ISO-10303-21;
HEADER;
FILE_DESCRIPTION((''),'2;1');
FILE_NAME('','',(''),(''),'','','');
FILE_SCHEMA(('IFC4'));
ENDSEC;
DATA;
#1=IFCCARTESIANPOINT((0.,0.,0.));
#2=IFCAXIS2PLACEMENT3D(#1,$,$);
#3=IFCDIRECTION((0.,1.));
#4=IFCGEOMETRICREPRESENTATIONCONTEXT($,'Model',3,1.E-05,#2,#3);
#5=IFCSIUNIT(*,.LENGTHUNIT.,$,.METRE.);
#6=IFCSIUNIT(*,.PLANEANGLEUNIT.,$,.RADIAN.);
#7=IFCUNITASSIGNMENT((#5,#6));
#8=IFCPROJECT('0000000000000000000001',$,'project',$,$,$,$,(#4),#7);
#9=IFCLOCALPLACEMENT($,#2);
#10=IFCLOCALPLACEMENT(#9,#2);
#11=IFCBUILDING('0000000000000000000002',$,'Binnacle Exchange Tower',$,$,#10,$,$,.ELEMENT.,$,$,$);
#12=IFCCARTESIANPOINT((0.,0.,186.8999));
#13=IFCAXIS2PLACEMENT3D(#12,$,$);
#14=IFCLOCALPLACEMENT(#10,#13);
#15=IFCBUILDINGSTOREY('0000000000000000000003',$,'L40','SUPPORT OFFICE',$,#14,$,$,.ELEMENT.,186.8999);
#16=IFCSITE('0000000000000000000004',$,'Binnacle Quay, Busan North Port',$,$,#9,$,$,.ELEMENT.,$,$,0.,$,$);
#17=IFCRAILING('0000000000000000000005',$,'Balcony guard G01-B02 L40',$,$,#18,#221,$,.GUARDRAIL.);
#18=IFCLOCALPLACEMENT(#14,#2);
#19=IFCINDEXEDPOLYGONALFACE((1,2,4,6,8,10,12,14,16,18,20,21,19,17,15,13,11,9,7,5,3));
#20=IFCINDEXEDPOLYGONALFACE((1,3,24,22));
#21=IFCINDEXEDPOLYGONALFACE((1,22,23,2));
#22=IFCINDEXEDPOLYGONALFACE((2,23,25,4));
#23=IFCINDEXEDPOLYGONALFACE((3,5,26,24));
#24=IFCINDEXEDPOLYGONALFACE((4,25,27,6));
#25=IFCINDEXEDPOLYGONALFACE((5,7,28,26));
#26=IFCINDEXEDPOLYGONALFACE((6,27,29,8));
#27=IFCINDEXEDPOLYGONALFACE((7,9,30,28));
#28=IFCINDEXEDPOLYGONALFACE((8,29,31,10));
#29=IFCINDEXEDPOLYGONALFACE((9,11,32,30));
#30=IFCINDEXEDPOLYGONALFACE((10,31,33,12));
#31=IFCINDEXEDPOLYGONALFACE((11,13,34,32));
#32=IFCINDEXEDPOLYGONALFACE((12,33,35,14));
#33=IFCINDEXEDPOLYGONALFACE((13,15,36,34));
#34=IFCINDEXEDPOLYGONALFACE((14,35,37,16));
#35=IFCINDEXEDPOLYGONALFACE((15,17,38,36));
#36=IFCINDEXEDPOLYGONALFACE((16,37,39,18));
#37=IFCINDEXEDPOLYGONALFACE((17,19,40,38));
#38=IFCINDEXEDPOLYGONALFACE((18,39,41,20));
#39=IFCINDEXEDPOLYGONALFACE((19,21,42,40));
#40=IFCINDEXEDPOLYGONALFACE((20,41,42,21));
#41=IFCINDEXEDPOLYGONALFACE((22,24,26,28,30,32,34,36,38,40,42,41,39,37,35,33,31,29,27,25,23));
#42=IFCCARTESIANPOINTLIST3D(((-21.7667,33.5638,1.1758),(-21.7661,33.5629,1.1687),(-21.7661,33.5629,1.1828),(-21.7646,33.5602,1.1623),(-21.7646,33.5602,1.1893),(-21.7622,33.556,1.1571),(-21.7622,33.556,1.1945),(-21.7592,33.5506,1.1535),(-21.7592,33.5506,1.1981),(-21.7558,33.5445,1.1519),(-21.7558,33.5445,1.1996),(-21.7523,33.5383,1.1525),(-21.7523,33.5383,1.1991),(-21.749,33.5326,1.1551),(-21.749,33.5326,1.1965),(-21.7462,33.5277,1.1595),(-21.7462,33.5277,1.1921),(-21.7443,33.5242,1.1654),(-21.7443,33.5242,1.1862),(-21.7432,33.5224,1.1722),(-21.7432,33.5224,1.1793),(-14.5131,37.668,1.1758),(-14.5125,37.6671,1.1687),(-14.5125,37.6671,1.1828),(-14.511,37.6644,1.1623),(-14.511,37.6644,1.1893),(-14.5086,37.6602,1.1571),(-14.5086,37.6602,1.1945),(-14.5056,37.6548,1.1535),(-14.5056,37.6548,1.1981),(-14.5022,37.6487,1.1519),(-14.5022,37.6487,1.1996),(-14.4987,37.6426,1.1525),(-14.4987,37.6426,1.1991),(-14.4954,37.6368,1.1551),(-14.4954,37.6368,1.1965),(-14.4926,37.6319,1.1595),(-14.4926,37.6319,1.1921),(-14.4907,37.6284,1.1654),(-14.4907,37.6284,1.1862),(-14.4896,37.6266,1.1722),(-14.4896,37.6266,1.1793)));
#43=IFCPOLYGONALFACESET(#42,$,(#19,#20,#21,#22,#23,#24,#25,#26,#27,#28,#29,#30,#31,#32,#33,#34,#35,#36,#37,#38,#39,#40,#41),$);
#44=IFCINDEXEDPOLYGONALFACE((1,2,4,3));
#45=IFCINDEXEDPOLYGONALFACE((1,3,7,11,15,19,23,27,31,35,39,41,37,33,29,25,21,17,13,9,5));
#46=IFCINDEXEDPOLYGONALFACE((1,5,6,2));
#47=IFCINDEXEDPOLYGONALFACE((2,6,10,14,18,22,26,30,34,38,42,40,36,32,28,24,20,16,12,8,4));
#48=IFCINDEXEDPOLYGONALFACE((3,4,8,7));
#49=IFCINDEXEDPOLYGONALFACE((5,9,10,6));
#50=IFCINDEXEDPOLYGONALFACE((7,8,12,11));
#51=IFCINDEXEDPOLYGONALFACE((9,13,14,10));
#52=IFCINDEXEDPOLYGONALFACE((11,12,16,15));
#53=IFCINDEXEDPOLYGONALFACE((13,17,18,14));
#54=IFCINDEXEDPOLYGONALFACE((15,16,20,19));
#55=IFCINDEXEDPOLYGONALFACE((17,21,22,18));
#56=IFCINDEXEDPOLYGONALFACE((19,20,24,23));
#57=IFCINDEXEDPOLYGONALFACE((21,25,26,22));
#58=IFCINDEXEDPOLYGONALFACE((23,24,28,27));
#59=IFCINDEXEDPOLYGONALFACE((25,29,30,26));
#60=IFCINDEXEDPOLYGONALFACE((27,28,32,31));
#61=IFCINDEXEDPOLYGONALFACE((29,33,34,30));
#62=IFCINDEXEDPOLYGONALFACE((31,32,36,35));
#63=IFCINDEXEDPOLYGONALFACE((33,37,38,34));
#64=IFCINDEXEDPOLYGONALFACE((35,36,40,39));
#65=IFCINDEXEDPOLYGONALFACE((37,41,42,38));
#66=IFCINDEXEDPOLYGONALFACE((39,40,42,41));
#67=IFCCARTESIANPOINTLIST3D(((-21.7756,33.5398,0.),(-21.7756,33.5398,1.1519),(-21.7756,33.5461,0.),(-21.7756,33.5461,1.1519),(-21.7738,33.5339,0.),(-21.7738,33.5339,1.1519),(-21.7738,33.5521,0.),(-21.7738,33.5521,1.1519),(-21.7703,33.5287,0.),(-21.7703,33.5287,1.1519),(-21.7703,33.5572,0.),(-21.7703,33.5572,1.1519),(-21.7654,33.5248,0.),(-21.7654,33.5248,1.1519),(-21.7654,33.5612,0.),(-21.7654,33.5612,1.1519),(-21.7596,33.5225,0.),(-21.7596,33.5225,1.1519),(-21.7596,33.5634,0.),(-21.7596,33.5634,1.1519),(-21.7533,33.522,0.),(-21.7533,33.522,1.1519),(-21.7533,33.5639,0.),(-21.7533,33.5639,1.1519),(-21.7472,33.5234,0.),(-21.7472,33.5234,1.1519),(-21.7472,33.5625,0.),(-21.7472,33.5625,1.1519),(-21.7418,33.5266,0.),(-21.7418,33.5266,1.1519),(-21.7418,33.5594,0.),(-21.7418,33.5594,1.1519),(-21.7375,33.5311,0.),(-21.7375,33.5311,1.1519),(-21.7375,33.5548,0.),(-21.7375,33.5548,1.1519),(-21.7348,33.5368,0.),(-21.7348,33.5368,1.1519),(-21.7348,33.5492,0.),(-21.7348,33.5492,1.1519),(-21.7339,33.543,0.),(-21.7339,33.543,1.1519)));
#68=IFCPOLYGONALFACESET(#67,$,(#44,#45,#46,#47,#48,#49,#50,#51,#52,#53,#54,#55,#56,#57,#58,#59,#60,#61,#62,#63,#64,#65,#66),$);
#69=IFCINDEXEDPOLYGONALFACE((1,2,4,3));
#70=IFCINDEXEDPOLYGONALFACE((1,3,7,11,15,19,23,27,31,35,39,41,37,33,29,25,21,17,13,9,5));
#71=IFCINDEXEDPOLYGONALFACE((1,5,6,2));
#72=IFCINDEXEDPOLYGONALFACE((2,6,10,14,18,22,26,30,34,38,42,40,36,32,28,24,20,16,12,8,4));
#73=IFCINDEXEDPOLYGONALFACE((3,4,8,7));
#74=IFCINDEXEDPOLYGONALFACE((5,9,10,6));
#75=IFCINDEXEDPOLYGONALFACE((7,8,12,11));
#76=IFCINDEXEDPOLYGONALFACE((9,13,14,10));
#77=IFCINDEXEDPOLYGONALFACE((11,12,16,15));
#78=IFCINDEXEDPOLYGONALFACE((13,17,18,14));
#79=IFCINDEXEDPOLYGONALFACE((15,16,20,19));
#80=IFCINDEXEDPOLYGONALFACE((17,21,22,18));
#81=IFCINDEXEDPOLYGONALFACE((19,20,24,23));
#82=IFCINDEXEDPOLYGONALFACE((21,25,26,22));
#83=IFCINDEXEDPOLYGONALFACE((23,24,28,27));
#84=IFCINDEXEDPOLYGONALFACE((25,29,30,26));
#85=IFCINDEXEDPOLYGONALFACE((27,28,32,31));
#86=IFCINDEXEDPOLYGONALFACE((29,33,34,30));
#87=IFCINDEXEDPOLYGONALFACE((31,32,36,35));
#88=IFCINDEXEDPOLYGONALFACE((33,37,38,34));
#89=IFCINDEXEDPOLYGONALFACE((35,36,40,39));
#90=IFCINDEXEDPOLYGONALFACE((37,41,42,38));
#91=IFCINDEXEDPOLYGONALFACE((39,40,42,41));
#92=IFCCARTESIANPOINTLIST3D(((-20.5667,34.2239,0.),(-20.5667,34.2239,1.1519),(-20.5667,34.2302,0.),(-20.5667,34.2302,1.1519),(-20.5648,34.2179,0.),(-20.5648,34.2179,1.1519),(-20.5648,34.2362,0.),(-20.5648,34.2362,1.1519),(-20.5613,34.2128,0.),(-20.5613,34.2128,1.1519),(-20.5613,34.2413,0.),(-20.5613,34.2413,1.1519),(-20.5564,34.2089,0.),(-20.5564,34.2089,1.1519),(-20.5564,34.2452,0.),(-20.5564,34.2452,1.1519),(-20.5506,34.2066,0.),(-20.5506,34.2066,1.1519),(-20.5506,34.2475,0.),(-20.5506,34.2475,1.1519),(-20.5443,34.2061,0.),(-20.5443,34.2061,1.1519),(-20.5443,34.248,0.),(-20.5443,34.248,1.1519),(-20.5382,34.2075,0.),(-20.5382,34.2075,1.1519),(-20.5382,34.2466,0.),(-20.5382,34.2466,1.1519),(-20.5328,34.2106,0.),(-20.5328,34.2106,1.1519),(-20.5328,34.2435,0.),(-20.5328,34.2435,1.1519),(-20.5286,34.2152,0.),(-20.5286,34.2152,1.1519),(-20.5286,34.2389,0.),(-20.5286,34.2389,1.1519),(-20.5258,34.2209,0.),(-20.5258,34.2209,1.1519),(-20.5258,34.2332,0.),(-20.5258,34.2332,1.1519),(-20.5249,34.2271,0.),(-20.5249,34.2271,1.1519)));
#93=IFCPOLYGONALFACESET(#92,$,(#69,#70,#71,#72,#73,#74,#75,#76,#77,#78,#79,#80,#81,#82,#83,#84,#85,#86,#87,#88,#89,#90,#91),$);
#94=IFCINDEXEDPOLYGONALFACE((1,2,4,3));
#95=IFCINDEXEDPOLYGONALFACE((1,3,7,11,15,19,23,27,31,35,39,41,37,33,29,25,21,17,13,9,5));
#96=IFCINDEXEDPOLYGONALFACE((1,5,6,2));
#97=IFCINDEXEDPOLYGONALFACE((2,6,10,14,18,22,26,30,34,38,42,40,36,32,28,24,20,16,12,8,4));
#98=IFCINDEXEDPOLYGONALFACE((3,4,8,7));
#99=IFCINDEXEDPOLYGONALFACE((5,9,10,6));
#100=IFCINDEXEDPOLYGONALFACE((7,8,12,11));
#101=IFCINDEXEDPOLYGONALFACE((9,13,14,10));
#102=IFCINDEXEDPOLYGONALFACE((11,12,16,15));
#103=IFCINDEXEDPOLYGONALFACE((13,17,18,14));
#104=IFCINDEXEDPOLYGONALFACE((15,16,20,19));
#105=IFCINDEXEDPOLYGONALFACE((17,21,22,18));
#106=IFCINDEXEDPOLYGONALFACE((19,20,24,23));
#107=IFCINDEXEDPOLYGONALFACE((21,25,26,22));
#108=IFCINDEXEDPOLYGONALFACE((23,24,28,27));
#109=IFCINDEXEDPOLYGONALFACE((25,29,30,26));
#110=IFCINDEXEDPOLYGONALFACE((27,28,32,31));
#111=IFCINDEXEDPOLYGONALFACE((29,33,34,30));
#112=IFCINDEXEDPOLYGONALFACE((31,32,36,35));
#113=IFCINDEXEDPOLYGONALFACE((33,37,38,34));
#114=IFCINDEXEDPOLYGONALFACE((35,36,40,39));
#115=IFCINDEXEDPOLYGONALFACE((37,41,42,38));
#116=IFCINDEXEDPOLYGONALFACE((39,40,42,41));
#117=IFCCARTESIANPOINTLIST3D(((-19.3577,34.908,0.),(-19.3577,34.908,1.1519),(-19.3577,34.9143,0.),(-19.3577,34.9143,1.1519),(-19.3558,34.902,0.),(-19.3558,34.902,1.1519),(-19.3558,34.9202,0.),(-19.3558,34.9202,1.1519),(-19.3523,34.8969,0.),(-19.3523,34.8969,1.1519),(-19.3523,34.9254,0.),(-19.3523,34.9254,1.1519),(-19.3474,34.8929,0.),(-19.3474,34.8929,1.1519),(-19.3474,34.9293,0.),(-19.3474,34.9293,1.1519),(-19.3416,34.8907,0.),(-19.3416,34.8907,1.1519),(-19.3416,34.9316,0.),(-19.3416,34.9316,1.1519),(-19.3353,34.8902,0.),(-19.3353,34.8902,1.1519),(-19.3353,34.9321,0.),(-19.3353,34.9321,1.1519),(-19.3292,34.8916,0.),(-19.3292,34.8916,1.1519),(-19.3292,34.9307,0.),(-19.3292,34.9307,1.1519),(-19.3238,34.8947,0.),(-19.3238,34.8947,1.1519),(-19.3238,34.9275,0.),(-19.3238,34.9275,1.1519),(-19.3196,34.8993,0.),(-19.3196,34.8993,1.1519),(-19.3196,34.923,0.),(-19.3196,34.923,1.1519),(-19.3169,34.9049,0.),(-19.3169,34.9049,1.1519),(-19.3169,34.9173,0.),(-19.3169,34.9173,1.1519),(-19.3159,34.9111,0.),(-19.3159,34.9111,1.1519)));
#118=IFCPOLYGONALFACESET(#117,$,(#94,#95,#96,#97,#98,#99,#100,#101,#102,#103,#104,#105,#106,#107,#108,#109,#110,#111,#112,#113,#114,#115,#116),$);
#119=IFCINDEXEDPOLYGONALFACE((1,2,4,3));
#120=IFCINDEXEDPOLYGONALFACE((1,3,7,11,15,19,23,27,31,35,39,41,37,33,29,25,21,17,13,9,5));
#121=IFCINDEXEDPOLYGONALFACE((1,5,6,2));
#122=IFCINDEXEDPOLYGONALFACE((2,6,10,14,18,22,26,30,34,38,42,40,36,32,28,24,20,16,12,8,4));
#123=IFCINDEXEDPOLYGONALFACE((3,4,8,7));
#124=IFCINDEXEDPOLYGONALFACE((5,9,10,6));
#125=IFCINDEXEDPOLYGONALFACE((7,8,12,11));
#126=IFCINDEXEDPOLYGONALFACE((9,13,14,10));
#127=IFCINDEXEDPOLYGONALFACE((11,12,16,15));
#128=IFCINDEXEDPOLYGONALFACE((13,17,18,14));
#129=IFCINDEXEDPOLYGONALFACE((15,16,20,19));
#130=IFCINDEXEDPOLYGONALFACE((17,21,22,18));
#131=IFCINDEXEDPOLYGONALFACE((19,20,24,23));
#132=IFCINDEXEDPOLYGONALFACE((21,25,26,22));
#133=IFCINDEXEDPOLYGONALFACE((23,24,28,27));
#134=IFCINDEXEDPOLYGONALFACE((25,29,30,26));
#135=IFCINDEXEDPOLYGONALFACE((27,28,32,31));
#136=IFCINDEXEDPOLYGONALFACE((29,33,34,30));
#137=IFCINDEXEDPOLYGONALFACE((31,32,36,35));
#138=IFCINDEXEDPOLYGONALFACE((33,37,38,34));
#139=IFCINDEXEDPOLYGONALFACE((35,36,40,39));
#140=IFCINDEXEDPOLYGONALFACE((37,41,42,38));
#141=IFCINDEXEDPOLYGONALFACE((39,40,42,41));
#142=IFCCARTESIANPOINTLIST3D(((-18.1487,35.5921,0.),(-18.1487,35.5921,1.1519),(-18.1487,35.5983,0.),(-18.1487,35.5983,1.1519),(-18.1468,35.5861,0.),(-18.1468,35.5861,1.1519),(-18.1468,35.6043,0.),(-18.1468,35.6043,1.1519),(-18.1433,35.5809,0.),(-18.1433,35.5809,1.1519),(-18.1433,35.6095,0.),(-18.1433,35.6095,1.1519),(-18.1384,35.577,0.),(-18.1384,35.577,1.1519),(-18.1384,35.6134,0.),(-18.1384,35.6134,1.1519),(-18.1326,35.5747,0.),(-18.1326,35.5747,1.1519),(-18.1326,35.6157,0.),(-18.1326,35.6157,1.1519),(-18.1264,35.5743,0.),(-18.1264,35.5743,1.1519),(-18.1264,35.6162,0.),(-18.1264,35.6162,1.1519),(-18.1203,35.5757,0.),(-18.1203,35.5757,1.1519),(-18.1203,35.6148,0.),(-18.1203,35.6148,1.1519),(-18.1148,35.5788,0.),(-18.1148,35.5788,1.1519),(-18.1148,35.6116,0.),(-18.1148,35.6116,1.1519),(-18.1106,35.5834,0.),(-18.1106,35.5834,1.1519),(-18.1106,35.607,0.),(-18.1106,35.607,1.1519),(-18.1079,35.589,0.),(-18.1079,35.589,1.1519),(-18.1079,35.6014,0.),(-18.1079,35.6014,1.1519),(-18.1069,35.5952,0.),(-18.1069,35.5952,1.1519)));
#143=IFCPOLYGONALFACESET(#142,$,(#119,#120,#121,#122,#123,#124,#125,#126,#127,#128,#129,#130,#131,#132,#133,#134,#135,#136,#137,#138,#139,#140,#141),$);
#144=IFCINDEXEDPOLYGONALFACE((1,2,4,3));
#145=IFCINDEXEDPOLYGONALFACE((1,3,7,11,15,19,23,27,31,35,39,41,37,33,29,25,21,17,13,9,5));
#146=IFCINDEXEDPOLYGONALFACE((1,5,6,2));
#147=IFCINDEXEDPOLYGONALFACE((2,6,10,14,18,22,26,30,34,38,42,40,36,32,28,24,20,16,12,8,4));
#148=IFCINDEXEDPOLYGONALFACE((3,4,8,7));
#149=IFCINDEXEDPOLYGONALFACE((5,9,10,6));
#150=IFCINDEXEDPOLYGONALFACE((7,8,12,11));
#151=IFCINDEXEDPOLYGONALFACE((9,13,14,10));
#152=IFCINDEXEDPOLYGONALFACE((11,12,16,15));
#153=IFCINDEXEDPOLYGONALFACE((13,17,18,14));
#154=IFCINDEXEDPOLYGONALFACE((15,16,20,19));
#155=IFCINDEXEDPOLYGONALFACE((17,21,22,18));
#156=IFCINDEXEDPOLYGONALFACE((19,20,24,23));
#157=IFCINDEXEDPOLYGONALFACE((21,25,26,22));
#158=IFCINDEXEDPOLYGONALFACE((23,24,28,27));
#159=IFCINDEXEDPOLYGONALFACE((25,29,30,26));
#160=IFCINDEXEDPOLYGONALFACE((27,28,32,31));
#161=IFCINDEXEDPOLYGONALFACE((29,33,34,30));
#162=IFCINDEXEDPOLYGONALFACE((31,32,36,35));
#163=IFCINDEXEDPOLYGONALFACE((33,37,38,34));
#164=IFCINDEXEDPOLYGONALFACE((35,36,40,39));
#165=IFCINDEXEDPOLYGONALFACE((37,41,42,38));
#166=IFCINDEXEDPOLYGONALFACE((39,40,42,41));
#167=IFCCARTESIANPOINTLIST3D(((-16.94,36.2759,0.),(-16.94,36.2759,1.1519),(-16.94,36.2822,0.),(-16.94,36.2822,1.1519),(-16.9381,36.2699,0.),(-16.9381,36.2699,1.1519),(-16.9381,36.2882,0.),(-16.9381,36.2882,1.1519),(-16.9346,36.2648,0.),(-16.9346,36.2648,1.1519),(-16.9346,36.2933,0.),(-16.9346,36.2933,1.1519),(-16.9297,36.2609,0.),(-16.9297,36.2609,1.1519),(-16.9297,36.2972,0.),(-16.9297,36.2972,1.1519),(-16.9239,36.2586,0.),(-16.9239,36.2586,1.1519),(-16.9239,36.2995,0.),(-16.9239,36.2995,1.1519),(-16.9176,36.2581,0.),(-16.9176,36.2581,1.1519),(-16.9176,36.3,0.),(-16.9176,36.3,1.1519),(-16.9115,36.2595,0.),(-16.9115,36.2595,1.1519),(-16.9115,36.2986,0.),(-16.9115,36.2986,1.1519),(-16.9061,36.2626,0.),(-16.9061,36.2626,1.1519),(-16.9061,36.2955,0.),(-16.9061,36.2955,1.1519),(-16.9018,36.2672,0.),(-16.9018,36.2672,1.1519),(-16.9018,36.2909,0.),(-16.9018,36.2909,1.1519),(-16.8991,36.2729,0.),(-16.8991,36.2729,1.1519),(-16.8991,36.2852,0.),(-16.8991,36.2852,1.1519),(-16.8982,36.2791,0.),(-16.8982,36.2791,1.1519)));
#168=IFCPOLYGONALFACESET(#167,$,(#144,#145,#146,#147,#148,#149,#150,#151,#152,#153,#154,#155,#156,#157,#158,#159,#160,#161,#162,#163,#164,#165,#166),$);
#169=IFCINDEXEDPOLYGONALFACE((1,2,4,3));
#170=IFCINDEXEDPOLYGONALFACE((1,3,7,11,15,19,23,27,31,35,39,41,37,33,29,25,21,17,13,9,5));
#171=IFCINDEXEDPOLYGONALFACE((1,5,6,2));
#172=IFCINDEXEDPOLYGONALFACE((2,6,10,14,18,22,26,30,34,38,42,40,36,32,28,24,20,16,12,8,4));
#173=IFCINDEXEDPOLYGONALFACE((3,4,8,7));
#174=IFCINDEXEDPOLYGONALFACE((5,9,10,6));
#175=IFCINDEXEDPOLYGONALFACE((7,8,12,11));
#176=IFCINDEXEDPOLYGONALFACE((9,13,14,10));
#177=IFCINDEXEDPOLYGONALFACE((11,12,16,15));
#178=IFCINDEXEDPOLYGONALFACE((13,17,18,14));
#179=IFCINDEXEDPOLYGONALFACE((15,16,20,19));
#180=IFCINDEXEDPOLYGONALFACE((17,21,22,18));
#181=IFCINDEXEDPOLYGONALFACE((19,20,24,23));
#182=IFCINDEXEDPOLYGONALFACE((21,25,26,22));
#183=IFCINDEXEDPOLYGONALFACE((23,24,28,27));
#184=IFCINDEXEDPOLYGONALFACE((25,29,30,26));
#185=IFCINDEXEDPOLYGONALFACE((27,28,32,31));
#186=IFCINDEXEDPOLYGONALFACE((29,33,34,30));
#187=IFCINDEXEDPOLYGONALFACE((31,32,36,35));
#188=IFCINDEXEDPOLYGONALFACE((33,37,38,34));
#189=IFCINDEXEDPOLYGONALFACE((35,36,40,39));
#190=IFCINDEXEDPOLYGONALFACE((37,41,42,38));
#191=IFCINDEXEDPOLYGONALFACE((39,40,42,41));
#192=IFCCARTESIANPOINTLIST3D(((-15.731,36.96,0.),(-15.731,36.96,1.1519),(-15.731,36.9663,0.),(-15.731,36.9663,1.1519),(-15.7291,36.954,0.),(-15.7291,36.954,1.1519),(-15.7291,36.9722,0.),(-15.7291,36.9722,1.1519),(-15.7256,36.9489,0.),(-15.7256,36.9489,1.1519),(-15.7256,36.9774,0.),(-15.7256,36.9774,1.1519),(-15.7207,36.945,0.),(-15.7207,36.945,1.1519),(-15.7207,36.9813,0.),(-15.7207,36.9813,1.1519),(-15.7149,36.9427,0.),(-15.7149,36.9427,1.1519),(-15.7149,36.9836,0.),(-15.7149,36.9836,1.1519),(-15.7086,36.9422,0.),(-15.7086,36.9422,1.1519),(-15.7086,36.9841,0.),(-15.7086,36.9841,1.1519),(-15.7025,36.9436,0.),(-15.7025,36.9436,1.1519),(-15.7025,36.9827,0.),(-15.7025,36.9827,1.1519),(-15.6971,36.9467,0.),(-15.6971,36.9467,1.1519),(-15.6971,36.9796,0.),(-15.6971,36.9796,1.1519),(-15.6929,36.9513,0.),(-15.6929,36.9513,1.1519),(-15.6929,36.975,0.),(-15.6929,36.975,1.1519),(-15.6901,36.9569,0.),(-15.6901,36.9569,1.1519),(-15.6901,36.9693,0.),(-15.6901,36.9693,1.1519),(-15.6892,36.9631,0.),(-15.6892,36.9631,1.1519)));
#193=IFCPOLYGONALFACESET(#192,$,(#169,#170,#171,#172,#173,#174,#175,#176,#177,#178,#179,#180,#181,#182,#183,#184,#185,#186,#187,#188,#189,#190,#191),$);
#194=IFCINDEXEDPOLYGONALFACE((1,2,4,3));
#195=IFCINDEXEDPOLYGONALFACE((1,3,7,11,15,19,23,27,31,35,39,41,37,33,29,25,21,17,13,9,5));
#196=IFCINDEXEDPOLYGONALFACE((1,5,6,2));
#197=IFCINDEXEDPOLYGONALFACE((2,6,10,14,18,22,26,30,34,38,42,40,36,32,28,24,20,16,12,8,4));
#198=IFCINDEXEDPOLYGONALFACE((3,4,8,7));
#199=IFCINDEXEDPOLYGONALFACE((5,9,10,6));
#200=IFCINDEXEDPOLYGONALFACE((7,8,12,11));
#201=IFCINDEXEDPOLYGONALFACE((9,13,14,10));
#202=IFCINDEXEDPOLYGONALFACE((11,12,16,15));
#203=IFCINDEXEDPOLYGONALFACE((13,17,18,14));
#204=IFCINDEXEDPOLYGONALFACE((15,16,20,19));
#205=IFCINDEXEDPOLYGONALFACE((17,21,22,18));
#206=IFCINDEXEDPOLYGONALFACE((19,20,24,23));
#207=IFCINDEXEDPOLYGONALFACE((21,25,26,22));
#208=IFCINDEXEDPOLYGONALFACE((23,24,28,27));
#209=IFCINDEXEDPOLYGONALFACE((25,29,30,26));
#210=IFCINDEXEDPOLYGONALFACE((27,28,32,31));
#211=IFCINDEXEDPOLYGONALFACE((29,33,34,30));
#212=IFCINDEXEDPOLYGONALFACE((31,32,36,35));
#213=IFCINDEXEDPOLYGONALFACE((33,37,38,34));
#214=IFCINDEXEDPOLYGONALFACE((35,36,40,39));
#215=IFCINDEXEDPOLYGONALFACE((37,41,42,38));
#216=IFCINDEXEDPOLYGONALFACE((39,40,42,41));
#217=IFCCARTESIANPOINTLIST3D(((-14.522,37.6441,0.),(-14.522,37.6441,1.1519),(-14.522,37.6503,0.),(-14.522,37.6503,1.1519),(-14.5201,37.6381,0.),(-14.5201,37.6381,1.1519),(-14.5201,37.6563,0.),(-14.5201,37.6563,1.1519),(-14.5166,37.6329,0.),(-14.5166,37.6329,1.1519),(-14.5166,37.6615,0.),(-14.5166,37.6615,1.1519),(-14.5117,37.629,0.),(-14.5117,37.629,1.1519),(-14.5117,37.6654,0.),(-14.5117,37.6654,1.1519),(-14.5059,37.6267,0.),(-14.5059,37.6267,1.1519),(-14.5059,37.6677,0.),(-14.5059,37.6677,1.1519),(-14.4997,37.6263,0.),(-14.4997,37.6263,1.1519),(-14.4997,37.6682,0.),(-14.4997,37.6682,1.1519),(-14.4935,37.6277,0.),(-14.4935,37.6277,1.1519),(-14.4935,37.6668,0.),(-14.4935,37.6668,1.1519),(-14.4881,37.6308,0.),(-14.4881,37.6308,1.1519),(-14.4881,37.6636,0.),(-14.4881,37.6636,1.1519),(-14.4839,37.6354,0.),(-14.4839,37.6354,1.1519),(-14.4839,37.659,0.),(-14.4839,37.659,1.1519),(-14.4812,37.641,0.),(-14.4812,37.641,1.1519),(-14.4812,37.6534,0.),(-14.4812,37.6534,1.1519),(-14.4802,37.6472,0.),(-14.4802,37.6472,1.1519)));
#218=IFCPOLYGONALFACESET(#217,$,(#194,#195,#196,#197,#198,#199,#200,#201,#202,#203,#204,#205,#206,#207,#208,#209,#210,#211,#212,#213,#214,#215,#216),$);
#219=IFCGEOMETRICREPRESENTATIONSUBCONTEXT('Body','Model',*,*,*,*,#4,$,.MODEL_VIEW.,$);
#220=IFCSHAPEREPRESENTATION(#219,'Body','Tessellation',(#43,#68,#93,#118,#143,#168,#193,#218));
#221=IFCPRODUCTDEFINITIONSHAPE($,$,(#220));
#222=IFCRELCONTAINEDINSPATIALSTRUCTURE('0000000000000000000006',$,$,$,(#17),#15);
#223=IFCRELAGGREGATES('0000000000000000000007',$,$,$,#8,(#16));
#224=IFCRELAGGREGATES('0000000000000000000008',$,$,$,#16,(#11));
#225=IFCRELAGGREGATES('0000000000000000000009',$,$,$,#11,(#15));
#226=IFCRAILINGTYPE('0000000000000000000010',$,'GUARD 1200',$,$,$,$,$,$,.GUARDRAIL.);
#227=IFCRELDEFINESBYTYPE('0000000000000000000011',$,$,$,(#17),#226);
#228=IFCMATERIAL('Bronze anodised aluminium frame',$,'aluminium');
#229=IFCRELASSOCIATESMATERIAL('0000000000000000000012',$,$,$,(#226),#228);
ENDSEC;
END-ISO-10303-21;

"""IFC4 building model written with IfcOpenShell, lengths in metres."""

from ifc_helpers import new_model, si_unit, direction, frame, origin, origin_2d, place, context, subcontext, project, spatial, circle, extrude, material, type_object, element, save


model = new_model("IFC4")

# Units and contexts
model_context = context("Model", 3, precision=1e-05, world=origin(), true_north=direction((0.0, 1.0)))
body_context = subcontext(model_context, "Body", "Model", "MODEL_VIEW")
ifc_project = project(units=[si_unit("LENGTHUNIT", "METRE"), si_unit("PLANEANGLEUNIT", "RADIAN")], contexts=[model_context])

# Site, building, storey
site_placement = place(None, origin())
site = spatial("IfcSite", under=ifc_project, at=site_placement, Name="Binnacle Quay, Busan North Port", CompositionType="ELEMENT", RefElevation=0.0)
building_placement = place(site_placement, origin())
building = spatial("IfcBuilding", under=site, at=building_placement, Name="Binnacle Exchange Tower", CompositionType="ELEMENT")
storey_placement = place(building_placement, frame((0.0, 0.0, 186.8999)))
storey = spatial("IfcBuildingStorey", under=building, at=storey_placement, Name="L40", Description="SUPPORT OFFICE", CompositionType="ELEMENT", Elevation=186.8999)

# Railing
ifc_material_1 = material(Name="Bronze anodised aluminium frame", Category="aluminium")
railing_type_1 = type_object("IfcRailingType", Name="GUARD 1200", PredefinedType="GUARDRAIL", material=ifc_material_1)
railing_1_placement = place(storey_placement, frame((-21.7549, 33.543, 0.0)))
element("IfcRailing", 1, at=railing_1_placement, inside=storey, type_object=railing_type_1, Name="Balcony guard G01-B02 L40", PredefinedType="GUARDRAIL", context=body_context, shape_type="SweptSolid", body=[
    extrude(circle(Radius=0.0239, at=origin_2d()), frame((0.0, 0.0, 1.1758), z_axis=(0.870339, 0.492453, 0.0), x_axis=(-0.492453, 0.870339, 0.0)), (0.0, 0.0, 1.0), 8.3342),
    extrude(circle(Radius=0.021, at=origin_2d()), origin(), (0.0, 0.0, 1.0), 1.1519),
    extrude(circle(Radius=0.021, at=origin_2d()), frame((1.209, 0.6841, 0.0)), (0.0, 0.0, 1.0), 1.1519),
    extrude(circle(Radius=0.021, at=origin_2d()), frame((2.418, 1.3682, 0.0)), (0.0, 0.0, 1.0), 1.1519),
    extrude(circle(Radius=0.021, at=origin_2d()), frame((3.627, 2.0522, 0.0)), (0.0, 0.0, 1.0), 1.1519),
    extrude(circle(Radius=0.021, at=origin_2d()), frame((4.8357, 2.7361, 0.0)), (0.0, 0.0, 1.0), 1.1519),
    extrude(circle(Radius=0.021, at=origin_2d()), frame((6.0447, 3.4202, 0.0)), (0.0, 0.0, 1.0), 1.1519),
    extrude(circle(Radius=0.021, at=origin_2d()), frame((7.2537, 4.1042, 0.0)), (0.0, 0.0, 1.0), 1.1519),
])

save(model, "model.ifc")
